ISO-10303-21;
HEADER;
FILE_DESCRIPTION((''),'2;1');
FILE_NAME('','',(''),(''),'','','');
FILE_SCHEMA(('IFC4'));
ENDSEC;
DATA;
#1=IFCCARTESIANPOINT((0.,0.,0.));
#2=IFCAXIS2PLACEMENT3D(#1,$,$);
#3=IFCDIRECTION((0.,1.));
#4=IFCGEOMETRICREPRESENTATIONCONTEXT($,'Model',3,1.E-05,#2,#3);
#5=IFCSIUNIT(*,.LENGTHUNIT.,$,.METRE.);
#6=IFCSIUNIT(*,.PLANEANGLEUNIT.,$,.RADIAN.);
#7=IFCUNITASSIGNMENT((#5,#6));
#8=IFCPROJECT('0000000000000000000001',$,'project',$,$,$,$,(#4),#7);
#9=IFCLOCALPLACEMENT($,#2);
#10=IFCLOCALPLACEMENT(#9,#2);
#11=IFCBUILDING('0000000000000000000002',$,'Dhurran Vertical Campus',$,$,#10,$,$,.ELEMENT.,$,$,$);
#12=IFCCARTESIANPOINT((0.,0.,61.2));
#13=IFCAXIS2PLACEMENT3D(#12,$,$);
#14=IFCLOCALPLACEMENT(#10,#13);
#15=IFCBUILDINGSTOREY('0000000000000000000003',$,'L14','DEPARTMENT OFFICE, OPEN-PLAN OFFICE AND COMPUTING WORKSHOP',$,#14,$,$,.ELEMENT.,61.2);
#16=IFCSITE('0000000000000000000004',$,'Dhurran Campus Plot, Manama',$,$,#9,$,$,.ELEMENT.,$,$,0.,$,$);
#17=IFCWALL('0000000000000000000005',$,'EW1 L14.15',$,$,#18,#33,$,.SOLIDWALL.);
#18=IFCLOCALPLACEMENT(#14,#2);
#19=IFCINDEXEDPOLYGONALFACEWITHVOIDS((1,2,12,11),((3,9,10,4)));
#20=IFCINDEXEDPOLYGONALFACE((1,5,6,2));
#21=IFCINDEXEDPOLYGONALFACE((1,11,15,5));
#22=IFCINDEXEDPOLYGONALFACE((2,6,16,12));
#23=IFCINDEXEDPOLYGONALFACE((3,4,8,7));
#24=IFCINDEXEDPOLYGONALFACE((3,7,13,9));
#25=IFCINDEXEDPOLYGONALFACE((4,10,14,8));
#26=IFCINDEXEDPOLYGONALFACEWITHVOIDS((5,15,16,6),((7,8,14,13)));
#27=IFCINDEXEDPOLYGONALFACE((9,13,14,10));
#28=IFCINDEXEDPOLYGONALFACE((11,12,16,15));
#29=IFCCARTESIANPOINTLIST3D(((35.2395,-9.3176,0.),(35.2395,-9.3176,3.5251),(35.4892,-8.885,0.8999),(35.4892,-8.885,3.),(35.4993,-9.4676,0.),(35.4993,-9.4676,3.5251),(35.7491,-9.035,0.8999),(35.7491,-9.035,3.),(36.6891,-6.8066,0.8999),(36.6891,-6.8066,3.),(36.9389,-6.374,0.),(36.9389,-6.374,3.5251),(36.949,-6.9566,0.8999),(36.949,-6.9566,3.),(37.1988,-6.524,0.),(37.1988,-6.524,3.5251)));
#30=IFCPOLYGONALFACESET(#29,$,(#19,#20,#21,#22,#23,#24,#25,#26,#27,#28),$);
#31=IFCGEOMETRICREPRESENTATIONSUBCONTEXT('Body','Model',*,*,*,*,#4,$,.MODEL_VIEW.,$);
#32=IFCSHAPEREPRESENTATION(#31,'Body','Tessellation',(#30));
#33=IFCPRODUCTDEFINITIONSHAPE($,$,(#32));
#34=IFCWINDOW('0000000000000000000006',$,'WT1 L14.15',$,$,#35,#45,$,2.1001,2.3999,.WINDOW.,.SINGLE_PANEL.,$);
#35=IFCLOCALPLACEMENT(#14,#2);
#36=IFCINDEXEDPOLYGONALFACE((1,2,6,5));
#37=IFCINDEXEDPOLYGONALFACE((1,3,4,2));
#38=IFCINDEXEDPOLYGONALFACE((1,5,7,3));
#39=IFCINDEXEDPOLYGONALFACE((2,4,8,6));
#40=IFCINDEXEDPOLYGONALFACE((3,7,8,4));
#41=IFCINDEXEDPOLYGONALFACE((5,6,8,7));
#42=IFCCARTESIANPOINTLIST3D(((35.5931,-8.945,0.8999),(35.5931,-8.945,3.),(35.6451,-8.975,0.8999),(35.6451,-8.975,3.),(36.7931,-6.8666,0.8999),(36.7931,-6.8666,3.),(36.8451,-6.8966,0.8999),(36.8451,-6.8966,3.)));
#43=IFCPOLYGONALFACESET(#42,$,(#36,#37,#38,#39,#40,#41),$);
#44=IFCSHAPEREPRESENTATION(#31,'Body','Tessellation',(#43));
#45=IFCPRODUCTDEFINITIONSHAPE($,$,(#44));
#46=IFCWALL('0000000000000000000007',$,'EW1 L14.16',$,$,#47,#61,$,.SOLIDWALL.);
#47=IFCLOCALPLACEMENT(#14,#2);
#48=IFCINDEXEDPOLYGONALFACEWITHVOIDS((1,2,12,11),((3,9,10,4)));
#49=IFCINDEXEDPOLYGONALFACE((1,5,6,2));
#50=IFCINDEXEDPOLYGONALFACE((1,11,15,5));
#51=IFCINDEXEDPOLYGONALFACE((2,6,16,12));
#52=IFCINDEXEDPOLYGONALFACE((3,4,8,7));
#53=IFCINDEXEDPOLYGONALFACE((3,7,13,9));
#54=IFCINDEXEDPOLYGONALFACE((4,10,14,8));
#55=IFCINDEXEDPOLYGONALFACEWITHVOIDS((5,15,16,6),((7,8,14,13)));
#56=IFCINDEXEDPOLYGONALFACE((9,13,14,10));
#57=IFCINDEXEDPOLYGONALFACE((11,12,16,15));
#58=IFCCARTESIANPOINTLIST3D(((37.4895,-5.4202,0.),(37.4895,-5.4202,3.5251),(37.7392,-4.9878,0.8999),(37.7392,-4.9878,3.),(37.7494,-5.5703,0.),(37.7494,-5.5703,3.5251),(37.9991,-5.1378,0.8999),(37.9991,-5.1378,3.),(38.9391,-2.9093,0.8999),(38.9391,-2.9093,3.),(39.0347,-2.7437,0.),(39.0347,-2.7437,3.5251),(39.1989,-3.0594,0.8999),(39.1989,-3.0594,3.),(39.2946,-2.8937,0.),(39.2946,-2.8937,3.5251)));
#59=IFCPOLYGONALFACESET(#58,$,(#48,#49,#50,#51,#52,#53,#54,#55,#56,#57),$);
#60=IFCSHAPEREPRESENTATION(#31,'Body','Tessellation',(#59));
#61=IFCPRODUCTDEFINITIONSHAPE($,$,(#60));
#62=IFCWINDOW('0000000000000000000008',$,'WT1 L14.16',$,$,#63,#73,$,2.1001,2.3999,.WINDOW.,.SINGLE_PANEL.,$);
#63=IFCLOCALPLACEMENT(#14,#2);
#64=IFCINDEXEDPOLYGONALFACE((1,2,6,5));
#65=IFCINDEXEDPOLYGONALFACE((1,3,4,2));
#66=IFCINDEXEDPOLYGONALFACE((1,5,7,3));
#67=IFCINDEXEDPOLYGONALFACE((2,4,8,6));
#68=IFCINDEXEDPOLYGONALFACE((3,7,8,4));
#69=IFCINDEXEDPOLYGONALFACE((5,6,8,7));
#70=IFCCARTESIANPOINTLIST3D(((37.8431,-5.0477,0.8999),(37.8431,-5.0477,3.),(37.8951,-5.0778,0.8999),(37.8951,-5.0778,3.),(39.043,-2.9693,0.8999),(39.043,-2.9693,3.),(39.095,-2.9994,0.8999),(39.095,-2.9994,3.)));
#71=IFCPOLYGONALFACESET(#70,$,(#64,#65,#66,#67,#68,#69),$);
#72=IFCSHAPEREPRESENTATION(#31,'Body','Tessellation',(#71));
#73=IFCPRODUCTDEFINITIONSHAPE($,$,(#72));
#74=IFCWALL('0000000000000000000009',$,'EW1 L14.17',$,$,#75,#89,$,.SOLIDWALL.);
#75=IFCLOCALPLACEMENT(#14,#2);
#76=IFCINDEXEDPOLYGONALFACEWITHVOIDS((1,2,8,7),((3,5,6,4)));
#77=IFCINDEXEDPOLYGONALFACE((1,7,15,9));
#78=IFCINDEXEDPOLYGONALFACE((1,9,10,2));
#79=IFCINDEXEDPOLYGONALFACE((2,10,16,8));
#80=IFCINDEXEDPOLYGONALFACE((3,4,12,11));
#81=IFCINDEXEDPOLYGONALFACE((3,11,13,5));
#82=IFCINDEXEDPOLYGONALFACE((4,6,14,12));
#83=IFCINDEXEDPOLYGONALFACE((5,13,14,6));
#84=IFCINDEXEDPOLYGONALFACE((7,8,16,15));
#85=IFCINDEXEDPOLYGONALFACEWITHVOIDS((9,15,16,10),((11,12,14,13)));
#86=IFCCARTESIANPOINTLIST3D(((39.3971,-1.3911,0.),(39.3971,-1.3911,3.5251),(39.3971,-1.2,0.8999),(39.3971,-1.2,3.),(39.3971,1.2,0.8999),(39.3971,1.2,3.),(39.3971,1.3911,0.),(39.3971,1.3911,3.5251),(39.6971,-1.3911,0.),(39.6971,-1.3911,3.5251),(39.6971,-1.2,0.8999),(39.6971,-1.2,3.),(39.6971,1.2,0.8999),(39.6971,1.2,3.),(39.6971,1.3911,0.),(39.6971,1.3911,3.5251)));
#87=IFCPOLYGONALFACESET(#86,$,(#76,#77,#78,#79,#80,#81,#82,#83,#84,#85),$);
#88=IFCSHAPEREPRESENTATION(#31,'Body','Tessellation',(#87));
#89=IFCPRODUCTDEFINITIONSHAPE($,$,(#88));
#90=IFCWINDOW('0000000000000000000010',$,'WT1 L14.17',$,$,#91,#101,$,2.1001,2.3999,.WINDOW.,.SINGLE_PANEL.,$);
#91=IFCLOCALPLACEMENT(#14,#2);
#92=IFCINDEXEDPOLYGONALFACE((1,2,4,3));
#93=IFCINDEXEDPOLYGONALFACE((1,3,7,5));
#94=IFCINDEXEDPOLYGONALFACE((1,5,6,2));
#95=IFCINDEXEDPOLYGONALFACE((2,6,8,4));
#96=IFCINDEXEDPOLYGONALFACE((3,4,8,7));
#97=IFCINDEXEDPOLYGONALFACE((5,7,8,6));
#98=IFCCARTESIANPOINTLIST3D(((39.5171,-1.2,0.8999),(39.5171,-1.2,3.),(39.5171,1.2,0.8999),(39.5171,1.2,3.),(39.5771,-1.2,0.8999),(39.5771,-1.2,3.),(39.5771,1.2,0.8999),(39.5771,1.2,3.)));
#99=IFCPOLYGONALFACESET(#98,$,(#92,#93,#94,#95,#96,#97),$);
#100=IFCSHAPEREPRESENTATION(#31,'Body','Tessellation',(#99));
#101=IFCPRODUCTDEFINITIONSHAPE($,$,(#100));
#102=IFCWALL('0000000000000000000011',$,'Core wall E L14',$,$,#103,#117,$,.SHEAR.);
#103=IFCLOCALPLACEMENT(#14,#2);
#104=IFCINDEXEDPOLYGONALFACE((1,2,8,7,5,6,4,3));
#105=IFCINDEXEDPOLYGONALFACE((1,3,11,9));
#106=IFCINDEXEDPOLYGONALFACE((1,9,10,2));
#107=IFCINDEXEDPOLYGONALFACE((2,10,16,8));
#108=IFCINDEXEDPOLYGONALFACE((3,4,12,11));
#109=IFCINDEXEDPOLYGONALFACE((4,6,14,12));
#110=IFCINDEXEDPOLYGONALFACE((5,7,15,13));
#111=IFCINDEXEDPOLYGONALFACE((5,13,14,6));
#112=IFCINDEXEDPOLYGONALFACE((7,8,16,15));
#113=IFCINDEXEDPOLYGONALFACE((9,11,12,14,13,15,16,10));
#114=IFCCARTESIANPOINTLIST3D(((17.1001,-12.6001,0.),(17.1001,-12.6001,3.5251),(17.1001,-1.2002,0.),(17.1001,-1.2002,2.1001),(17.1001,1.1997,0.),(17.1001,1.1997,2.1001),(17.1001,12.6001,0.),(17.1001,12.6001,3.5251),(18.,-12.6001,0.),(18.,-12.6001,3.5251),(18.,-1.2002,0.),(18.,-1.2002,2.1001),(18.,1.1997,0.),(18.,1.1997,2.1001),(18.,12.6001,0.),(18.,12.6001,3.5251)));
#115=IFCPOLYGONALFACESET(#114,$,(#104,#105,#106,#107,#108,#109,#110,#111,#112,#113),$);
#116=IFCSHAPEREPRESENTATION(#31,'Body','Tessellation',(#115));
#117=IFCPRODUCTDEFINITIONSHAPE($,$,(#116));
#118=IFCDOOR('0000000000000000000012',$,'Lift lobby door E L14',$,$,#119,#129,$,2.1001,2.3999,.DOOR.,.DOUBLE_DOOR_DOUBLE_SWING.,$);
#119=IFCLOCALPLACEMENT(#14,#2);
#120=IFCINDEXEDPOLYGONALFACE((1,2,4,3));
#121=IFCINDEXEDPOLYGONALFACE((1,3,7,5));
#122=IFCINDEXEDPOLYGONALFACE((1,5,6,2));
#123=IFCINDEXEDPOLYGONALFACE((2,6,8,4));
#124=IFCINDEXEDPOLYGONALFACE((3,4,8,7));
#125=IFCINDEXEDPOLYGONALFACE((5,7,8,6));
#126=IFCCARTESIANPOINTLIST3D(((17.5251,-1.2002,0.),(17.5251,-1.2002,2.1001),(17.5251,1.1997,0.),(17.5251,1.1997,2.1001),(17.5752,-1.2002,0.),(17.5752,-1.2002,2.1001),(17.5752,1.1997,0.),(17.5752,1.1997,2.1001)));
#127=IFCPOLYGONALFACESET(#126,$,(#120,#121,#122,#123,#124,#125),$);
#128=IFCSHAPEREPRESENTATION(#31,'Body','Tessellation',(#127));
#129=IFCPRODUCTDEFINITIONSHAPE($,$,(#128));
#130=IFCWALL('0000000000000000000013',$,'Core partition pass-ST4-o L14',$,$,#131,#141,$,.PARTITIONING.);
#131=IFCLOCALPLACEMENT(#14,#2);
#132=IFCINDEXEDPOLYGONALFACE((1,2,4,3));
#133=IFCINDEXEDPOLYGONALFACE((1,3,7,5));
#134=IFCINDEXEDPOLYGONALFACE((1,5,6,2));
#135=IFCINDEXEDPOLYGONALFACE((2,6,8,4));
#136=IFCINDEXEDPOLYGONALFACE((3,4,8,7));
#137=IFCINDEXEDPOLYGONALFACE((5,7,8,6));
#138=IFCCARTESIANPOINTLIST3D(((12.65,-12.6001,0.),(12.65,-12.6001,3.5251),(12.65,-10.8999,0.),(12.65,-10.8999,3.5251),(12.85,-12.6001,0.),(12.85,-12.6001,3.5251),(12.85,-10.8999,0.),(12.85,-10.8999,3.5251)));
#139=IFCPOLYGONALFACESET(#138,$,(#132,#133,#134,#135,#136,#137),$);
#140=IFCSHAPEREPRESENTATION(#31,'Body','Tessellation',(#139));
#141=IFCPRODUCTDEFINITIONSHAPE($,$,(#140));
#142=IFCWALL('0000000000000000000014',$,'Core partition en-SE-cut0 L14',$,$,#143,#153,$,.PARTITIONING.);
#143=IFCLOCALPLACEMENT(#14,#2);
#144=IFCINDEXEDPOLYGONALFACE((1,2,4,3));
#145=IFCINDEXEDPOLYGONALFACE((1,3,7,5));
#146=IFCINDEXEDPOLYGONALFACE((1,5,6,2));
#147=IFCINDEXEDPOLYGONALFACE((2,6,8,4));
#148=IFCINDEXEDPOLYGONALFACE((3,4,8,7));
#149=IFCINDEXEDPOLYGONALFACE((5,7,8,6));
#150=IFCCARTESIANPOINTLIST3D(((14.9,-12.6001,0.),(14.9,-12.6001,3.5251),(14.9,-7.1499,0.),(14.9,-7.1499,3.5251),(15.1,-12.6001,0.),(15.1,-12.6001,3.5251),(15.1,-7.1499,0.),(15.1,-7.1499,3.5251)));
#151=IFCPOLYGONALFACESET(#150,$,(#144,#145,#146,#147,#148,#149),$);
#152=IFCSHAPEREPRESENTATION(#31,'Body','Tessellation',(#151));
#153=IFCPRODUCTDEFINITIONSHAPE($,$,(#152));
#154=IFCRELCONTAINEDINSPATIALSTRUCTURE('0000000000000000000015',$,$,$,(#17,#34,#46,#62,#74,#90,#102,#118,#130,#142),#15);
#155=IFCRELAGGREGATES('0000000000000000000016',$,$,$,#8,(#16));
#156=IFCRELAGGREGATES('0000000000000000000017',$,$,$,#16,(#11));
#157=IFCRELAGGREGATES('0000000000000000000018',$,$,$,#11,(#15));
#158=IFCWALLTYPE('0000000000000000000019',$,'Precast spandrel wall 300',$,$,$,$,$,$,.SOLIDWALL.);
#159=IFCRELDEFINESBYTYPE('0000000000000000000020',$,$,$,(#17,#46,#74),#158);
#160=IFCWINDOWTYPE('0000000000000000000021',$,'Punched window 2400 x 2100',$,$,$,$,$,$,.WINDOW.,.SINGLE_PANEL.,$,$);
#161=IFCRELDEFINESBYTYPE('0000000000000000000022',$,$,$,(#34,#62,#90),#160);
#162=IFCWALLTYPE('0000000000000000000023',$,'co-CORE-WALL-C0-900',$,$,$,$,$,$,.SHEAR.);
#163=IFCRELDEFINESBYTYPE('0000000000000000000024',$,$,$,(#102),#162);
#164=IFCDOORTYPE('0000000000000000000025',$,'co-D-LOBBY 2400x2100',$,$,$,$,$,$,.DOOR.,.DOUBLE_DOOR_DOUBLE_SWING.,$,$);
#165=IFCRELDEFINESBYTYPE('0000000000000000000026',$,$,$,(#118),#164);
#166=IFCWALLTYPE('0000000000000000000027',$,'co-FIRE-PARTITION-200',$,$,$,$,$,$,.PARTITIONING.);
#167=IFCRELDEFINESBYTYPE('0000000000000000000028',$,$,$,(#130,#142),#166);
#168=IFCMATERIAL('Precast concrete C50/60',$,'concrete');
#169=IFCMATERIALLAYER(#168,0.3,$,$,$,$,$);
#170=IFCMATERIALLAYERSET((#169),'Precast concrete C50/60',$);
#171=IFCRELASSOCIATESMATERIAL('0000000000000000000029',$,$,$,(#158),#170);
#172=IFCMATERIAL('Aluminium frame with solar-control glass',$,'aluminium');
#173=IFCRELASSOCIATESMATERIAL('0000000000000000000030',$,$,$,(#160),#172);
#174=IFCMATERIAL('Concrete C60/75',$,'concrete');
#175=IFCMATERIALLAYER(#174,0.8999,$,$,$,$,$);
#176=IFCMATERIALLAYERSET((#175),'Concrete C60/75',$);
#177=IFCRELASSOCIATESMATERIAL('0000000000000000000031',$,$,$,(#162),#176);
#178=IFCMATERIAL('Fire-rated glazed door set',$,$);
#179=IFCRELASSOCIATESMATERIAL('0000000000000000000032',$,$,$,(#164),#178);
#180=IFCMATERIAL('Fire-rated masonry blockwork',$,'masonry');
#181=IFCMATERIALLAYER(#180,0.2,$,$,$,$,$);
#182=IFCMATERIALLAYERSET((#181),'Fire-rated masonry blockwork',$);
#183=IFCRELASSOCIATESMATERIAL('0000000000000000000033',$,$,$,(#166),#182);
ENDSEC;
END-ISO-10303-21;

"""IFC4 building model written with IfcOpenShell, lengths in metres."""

from ifc_helpers import new_model, si_unit, direction, frame, frame_2d, origin, place, context, subcontext, project, spatial, rectangle, extrude, material, layer, layer_set, type_object, element, fill, save


model = new_model("IFC4")

# Units and contexts
model_context = context("Model", 3, precision=1e-05, world=origin(), true_north=direction((0.0, 1.0)))
body_context = subcontext(model_context, "Body", "Model", "MODEL_VIEW")
ifc_project = project(units=[si_unit("LENGTHUNIT", "METRE"), si_unit("PLANEANGLEUNIT", "RADIAN")], contexts=[model_context])

# Site, building, storey
site_placement = place(None, origin())
site = spatial("IfcSite", under=ifc_project, at=site_placement, Name="Dhurran Campus Plot, Manama", CompositionType="ELEMENT", RefElevation=0.0)
building_placement = place(site_placement, origin())
building = spatial("IfcBuilding", under=site, at=building_placement, Name="Dhurran Vertical Campus", CompositionType="ELEMENT")
storey_placement = place(building_placement, frame((0.0, 0.0, 61.2)))
storey = spatial("IfcBuildingStorey", under=building, at=storey_placement, Name="L14", Description="DEPARTMENT OFFICE, OPEN-PLAN OFFICE AND COMPUTING WORKSHOP", CompositionType="ELEMENT", Elevation=61.2)

# Walls, openings, windows
ifc_material_1 = material(Name="Precast concrete C50/60", Category="concrete")
ifc_layer_1 = layer(ifc_material_1, 0.3)
ifc_layer_set_1 = layer_set([ifc_layer_1], Name="Precast concrete C50/60")
wall_type_1 = type_object("IfcWallType", Name="Precast spandrel wall 300", PredefinedType="SOLIDWALL", material=ifc_layer_set_1)
ifc_material_2 = material(Name="Aluminium frame with solar-control glass", Category="aluminium")
window_type = type_object("IfcWindowType", Name="Punched window 2400 x 2100", PartitioningType="SINGLE_PANEL", PredefinedType="WINDOW", material=ifc_material_2)
wall_1_placement = place(storey_placement, frame((35.3694, -9.3926, 0.0), z_axis=(0.0, 0.0, 1.0), x_axis=(0.499994, 0.866029, 0.0)))
wall_1 = element("IfcWall", 1, at=wall_1_placement, inside=storey, type_object=wall_type_1, Name="EW1 L14.15", PredefinedType="SOLIDWALL", context=body_context, shape_type="SweptSolid", body=[
    extrude(rectangle(XDim=3.3989, YDim=0.3, at=frame_2d((1.6995, 0.0))), origin(), (0.0, 0.0, 1.0), 3.5251),
])
opening_1_placement = place(wall_1_placement, frame((0.4995, 0.0, 0.8999)))
opening_1 = element("IfcOpeningElement", 2, at=opening_1_placement, cuts=wall_1, PredefinedType="OPENING", context=body_context, shape_type="SweptSolid", body=[
    extrude(rectangle(XDim=2.3999, YDim=2.1001, at=frame_2d((1.2, 1.05))), frame((0.0, 0.1599, 0.0), z_axis=(0.0, -1.0, 0.0), x_axis=(1.0, 0.0, 0.0)), (0.0, 0.0, 1.0), 0.3201),
])
window_1_placement = place(opening_1_placement, origin())
window_1 = element("IfcWindow", 3, at=window_1_placement, inside=storey, type_object=window_type, Name="WT1 L14.15", OverallHeight=2.1001, OverallWidth=2.3999, PartitioningType="SINGLE_PANEL", PredefinedType="WINDOW", context=body_context, shape_type="SweptSolid", body=[
    extrude(rectangle(XDim=2.3999, YDim=2.1001, at=frame_2d((1.2, 1.05))), frame((0.0, 0.03, 0.0), z_axis=(0.0, -1.0, 0.0), x_axis=(1.0, 0.0, 0.0)), (0.0, 0.0, 1.0), 0.0601),
])
fill(opening_1, window_1)
wall_2_placement = place(storey_placement, frame((37.6194, -5.4954, 0.0), z_axis=(0.0, 0.0, 1.0), x_axis=(0.499971, 0.866042, 0.0)))
wall_2 = element("IfcWall", 4, at=wall_2_placement, inside=storey, type_object=wall_type_1, Name="EW1 L14.16", PredefinedType="SOLIDWALL", context=body_context, shape_type="SweptSolid", body=[
    extrude(rectangle(XDim=3.0906, YDim=0.3, at=frame_2d((1.5454, 0.0))), origin(), (0.0, 0.0, 1.0), 3.5251),
])
opening_2_placement = place(wall_2_placement, frame((0.4995, 0.0, 0.8999)))
opening_2 = element("IfcOpeningElement", 5, at=opening_2_placement, cuts=wall_2, PredefinedType="OPENING", context=body_context, shape_type="SweptSolid", body=[
    extrude(rectangle(XDim=2.3999, YDim=2.1001, at=frame_2d((1.2, 1.05))), frame((0.0, 0.1599, 0.0), z_axis=(0.0, -1.0, 0.0), x_axis=(1.0, 0.0, 0.0)), (0.0, 0.0, 1.0), 0.3201),
])
window_2_placement = place(opening_2_placement, origin())
window_2 = element("IfcWindow", 6, at=window_2_placement, inside=storey, type_object=window_type, Name="WT1 L14.16", OverallHeight=2.1001, OverallWidth=2.3999, PartitioningType="SINGLE_PANEL", PredefinedType="WINDOW", context=body_context, shape_type="SweptSolid", body=[
    extrude(rectangle(XDim=2.3999, YDim=2.1001, at=frame_2d((1.2, 1.05))), frame((0.0, 0.03, 0.0), z_axis=(0.0, -1.0, 0.0), x_axis=(1.0, 0.0, 0.0)), (0.0, 0.0, 1.0), 0.0601),
])
fill(opening_2, window_2)
wall_3_placement = place(storey_placement, frame((39.5471, -1.3911, 0.0), z_axis=(0.0, 0.0, 1.0), x_axis=(0.0, 1.0, 0.0)))
wall_3 = element("IfcWall", 7, at=wall_3_placement, inside=storey, type_object=wall_type_1, Name="EW1 L14.17", PredefinedType="SOLIDWALL", context=body_context, shape_type="SweptSolid", body=[
    extrude(rectangle(XDim=2.7822, YDim=0.3, at=frame_2d((1.3911, 0.0))), origin(), (0.0, 0.0, 1.0), 3.5251),
])
opening_3_placement = place(wall_3_placement, frame((0.1912, 0.0, 0.8999)))
opening_3 = element("IfcOpeningElement", 8, at=opening_3_placement, cuts=wall_3, PredefinedType="OPENING", context=body_context, shape_type="SweptSolid", body=[
    extrude(rectangle(XDim=2.3999, YDim=2.1001, at=frame_2d((1.2, 1.05))), frame((0.0, 0.1599, 0.0), z_axis=(0.0, -1.0, 0.0), x_axis=(1.0, 0.0, 0.0)), (0.0, 0.0, 1.0), 0.3201),
])
window_3_placement = place(opening_3_placement, origin())
window_3 = element("IfcWindow", 9, at=window_3_placement, inside=storey, type_object=window_type, Name="WT1 L14.17", OverallHeight=2.1001, OverallWidth=2.3999, PartitioningType="SINGLE_PANEL", PredefinedType="WINDOW", context=body_context, shape_type="SweptSolid", body=[
    extrude(rectangle(XDim=2.3999, YDim=2.1001, at=frame_2d((1.2, 1.05))), frame((0.0, 0.03, 0.0), z_axis=(0.0, -1.0, 0.0), x_axis=(1.0, 0.0, 0.0)), (0.0, 0.0, 1.0), 0.0601),
])
fill(opening_3, window_3)

# Wall, opening, door
ifc_material_3 = material(Name="Concrete C60/75", Category="concrete")
ifc_layer_2 = layer(ifc_material_3, 0.8999)
ifc_layer_set_2 = layer_set([ifc_layer_2], Name="Concrete C60/75")
wall_type_2 = type_object("IfcWallType", Name="co-CORE-WALL-C0-900", PredefinedType="SHEAR", material=ifc_layer_set_2)
wall_4_placement = place(storey_placement, frame((17.55, -12.6001, 0.0), z_axis=(0.0, 0.0, 1.0), x_axis=(0.0, 1.0, 0.0)))
wall_4 = element("IfcWall", 10, at=wall_4_placement, inside=storey, type_object=wall_type_2, Name="Core wall E L14", PredefinedType="SHEAR", context=body_context, shape_type="SweptSolid", body=[
    extrude(rectangle(XDim=25.2002, YDim=0.8999, at=frame_2d((12.6001, 0.0))), origin(), (0.0, 0.0, 1.0), 3.5251),
])
opening_4_placement = place(wall_4_placement, frame((11.3999, 0.0, 0.0)))
opening_4 = element("IfcOpeningElement", 11, at=opening_4_placement, cuts=wall_4, PredefinedType="OPENING", context=body_context, shape_type="SweptSolid", body=[
    extrude(rectangle(XDim=2.3999, YDim=2.1001, at=frame_2d((1.2, 1.05))), frame((0.0, 0.46, 0.0), z_axis=(0.0, -1.0, 0.0), x_axis=(1.0, 0.0, 0.0)), (0.0, 0.0, 1.0), 0.9199),
])
ifc_material_4 = material(Name="Fire-rated glazed door set")
door_type_1 = type_object("IfcDoorType", Name="co-D-LOBBY 2400x2100", OperationType="DOUBLE_DOOR_DOUBLE_SWING", PredefinedType="DOOR", material=ifc_material_4)
door_1_placement = place(opening_4_placement, origin())
door_1 = element("IfcDoor", 12, at=door_1_placement, inside=storey, type_object=door_type_1, Name="Lift lobby door E L14", OperationType="DOUBLE_DOOR_DOUBLE_SWING", OverallHeight=2.1001, OverallWidth=2.3999, PredefinedType="DOOR", context=body_context, shape_type="SweptSolid", body=[
    extrude(rectangle(XDim=2.3999, YDim=2.1001, at=frame_2d((1.2, 1.05))), frame((0.0, 0.0249, 0.0), z_axis=(0.0, -1.0, 0.0), x_axis=(1.0, 0.0, 0.0)), (0.0, 0.0, 1.0), 0.05),
])
fill(opening_4, door_1)

# Walls
ifc_material_5 = material(Name="Fire-rated masonry blockwork", Category="masonry")
ifc_layer_3 = layer(ifc_material_5, 0.2)
ifc_layer_set_3 = layer_set([ifc_layer_3], Name="Fire-rated masonry blockwork")
wall_type_3 = type_object("IfcWallType", Name="co-FIRE-PARTITION-200", PredefinedType="PARTITIONING", material=ifc_layer_set_3)
wall_5_placement = place(storey_placement, frame((12.75, -12.6001, 0.0), z_axis=(0.0, 0.0, 1.0), x_axis=(0.0, 1.0, 0.0)))
element("IfcWall", 13, at=wall_5_placement, inside=storey, type_object=wall_type_3, Name="Core partition pass-ST4-o L14", PredefinedType="PARTITIONING", context=body_context, shape_type="SweptSolid", body=[
    extrude(rectangle(XDim=1.7002, YDim=0.2, at=frame_2d((0.8501, 0.0))), origin(), (0.0, 0.0, 1.0), 3.5251),
])
wall_6_placement = place(storey_placement, frame((15.0, -12.6001, 0.0), z_axis=(0.0, 0.0, 1.0), x_axis=(0.0, 1.0, 0.0)))
element("IfcWall", 14, at=wall_6_placement, inside=storey, type_object=wall_type_3, Name="Core partition en-SE-cut0 L14", PredefinedType="PARTITIONING", context=body_context, shape_type="SweptSolid", body=[
    extrude(rectangle(XDim=5.4502, YDim=0.2, at=frame_2d((2.7251, 0.0))), origin(), (0.0, 0.0, 1.0), 3.5251),
])

save(model, "model.ifc")
